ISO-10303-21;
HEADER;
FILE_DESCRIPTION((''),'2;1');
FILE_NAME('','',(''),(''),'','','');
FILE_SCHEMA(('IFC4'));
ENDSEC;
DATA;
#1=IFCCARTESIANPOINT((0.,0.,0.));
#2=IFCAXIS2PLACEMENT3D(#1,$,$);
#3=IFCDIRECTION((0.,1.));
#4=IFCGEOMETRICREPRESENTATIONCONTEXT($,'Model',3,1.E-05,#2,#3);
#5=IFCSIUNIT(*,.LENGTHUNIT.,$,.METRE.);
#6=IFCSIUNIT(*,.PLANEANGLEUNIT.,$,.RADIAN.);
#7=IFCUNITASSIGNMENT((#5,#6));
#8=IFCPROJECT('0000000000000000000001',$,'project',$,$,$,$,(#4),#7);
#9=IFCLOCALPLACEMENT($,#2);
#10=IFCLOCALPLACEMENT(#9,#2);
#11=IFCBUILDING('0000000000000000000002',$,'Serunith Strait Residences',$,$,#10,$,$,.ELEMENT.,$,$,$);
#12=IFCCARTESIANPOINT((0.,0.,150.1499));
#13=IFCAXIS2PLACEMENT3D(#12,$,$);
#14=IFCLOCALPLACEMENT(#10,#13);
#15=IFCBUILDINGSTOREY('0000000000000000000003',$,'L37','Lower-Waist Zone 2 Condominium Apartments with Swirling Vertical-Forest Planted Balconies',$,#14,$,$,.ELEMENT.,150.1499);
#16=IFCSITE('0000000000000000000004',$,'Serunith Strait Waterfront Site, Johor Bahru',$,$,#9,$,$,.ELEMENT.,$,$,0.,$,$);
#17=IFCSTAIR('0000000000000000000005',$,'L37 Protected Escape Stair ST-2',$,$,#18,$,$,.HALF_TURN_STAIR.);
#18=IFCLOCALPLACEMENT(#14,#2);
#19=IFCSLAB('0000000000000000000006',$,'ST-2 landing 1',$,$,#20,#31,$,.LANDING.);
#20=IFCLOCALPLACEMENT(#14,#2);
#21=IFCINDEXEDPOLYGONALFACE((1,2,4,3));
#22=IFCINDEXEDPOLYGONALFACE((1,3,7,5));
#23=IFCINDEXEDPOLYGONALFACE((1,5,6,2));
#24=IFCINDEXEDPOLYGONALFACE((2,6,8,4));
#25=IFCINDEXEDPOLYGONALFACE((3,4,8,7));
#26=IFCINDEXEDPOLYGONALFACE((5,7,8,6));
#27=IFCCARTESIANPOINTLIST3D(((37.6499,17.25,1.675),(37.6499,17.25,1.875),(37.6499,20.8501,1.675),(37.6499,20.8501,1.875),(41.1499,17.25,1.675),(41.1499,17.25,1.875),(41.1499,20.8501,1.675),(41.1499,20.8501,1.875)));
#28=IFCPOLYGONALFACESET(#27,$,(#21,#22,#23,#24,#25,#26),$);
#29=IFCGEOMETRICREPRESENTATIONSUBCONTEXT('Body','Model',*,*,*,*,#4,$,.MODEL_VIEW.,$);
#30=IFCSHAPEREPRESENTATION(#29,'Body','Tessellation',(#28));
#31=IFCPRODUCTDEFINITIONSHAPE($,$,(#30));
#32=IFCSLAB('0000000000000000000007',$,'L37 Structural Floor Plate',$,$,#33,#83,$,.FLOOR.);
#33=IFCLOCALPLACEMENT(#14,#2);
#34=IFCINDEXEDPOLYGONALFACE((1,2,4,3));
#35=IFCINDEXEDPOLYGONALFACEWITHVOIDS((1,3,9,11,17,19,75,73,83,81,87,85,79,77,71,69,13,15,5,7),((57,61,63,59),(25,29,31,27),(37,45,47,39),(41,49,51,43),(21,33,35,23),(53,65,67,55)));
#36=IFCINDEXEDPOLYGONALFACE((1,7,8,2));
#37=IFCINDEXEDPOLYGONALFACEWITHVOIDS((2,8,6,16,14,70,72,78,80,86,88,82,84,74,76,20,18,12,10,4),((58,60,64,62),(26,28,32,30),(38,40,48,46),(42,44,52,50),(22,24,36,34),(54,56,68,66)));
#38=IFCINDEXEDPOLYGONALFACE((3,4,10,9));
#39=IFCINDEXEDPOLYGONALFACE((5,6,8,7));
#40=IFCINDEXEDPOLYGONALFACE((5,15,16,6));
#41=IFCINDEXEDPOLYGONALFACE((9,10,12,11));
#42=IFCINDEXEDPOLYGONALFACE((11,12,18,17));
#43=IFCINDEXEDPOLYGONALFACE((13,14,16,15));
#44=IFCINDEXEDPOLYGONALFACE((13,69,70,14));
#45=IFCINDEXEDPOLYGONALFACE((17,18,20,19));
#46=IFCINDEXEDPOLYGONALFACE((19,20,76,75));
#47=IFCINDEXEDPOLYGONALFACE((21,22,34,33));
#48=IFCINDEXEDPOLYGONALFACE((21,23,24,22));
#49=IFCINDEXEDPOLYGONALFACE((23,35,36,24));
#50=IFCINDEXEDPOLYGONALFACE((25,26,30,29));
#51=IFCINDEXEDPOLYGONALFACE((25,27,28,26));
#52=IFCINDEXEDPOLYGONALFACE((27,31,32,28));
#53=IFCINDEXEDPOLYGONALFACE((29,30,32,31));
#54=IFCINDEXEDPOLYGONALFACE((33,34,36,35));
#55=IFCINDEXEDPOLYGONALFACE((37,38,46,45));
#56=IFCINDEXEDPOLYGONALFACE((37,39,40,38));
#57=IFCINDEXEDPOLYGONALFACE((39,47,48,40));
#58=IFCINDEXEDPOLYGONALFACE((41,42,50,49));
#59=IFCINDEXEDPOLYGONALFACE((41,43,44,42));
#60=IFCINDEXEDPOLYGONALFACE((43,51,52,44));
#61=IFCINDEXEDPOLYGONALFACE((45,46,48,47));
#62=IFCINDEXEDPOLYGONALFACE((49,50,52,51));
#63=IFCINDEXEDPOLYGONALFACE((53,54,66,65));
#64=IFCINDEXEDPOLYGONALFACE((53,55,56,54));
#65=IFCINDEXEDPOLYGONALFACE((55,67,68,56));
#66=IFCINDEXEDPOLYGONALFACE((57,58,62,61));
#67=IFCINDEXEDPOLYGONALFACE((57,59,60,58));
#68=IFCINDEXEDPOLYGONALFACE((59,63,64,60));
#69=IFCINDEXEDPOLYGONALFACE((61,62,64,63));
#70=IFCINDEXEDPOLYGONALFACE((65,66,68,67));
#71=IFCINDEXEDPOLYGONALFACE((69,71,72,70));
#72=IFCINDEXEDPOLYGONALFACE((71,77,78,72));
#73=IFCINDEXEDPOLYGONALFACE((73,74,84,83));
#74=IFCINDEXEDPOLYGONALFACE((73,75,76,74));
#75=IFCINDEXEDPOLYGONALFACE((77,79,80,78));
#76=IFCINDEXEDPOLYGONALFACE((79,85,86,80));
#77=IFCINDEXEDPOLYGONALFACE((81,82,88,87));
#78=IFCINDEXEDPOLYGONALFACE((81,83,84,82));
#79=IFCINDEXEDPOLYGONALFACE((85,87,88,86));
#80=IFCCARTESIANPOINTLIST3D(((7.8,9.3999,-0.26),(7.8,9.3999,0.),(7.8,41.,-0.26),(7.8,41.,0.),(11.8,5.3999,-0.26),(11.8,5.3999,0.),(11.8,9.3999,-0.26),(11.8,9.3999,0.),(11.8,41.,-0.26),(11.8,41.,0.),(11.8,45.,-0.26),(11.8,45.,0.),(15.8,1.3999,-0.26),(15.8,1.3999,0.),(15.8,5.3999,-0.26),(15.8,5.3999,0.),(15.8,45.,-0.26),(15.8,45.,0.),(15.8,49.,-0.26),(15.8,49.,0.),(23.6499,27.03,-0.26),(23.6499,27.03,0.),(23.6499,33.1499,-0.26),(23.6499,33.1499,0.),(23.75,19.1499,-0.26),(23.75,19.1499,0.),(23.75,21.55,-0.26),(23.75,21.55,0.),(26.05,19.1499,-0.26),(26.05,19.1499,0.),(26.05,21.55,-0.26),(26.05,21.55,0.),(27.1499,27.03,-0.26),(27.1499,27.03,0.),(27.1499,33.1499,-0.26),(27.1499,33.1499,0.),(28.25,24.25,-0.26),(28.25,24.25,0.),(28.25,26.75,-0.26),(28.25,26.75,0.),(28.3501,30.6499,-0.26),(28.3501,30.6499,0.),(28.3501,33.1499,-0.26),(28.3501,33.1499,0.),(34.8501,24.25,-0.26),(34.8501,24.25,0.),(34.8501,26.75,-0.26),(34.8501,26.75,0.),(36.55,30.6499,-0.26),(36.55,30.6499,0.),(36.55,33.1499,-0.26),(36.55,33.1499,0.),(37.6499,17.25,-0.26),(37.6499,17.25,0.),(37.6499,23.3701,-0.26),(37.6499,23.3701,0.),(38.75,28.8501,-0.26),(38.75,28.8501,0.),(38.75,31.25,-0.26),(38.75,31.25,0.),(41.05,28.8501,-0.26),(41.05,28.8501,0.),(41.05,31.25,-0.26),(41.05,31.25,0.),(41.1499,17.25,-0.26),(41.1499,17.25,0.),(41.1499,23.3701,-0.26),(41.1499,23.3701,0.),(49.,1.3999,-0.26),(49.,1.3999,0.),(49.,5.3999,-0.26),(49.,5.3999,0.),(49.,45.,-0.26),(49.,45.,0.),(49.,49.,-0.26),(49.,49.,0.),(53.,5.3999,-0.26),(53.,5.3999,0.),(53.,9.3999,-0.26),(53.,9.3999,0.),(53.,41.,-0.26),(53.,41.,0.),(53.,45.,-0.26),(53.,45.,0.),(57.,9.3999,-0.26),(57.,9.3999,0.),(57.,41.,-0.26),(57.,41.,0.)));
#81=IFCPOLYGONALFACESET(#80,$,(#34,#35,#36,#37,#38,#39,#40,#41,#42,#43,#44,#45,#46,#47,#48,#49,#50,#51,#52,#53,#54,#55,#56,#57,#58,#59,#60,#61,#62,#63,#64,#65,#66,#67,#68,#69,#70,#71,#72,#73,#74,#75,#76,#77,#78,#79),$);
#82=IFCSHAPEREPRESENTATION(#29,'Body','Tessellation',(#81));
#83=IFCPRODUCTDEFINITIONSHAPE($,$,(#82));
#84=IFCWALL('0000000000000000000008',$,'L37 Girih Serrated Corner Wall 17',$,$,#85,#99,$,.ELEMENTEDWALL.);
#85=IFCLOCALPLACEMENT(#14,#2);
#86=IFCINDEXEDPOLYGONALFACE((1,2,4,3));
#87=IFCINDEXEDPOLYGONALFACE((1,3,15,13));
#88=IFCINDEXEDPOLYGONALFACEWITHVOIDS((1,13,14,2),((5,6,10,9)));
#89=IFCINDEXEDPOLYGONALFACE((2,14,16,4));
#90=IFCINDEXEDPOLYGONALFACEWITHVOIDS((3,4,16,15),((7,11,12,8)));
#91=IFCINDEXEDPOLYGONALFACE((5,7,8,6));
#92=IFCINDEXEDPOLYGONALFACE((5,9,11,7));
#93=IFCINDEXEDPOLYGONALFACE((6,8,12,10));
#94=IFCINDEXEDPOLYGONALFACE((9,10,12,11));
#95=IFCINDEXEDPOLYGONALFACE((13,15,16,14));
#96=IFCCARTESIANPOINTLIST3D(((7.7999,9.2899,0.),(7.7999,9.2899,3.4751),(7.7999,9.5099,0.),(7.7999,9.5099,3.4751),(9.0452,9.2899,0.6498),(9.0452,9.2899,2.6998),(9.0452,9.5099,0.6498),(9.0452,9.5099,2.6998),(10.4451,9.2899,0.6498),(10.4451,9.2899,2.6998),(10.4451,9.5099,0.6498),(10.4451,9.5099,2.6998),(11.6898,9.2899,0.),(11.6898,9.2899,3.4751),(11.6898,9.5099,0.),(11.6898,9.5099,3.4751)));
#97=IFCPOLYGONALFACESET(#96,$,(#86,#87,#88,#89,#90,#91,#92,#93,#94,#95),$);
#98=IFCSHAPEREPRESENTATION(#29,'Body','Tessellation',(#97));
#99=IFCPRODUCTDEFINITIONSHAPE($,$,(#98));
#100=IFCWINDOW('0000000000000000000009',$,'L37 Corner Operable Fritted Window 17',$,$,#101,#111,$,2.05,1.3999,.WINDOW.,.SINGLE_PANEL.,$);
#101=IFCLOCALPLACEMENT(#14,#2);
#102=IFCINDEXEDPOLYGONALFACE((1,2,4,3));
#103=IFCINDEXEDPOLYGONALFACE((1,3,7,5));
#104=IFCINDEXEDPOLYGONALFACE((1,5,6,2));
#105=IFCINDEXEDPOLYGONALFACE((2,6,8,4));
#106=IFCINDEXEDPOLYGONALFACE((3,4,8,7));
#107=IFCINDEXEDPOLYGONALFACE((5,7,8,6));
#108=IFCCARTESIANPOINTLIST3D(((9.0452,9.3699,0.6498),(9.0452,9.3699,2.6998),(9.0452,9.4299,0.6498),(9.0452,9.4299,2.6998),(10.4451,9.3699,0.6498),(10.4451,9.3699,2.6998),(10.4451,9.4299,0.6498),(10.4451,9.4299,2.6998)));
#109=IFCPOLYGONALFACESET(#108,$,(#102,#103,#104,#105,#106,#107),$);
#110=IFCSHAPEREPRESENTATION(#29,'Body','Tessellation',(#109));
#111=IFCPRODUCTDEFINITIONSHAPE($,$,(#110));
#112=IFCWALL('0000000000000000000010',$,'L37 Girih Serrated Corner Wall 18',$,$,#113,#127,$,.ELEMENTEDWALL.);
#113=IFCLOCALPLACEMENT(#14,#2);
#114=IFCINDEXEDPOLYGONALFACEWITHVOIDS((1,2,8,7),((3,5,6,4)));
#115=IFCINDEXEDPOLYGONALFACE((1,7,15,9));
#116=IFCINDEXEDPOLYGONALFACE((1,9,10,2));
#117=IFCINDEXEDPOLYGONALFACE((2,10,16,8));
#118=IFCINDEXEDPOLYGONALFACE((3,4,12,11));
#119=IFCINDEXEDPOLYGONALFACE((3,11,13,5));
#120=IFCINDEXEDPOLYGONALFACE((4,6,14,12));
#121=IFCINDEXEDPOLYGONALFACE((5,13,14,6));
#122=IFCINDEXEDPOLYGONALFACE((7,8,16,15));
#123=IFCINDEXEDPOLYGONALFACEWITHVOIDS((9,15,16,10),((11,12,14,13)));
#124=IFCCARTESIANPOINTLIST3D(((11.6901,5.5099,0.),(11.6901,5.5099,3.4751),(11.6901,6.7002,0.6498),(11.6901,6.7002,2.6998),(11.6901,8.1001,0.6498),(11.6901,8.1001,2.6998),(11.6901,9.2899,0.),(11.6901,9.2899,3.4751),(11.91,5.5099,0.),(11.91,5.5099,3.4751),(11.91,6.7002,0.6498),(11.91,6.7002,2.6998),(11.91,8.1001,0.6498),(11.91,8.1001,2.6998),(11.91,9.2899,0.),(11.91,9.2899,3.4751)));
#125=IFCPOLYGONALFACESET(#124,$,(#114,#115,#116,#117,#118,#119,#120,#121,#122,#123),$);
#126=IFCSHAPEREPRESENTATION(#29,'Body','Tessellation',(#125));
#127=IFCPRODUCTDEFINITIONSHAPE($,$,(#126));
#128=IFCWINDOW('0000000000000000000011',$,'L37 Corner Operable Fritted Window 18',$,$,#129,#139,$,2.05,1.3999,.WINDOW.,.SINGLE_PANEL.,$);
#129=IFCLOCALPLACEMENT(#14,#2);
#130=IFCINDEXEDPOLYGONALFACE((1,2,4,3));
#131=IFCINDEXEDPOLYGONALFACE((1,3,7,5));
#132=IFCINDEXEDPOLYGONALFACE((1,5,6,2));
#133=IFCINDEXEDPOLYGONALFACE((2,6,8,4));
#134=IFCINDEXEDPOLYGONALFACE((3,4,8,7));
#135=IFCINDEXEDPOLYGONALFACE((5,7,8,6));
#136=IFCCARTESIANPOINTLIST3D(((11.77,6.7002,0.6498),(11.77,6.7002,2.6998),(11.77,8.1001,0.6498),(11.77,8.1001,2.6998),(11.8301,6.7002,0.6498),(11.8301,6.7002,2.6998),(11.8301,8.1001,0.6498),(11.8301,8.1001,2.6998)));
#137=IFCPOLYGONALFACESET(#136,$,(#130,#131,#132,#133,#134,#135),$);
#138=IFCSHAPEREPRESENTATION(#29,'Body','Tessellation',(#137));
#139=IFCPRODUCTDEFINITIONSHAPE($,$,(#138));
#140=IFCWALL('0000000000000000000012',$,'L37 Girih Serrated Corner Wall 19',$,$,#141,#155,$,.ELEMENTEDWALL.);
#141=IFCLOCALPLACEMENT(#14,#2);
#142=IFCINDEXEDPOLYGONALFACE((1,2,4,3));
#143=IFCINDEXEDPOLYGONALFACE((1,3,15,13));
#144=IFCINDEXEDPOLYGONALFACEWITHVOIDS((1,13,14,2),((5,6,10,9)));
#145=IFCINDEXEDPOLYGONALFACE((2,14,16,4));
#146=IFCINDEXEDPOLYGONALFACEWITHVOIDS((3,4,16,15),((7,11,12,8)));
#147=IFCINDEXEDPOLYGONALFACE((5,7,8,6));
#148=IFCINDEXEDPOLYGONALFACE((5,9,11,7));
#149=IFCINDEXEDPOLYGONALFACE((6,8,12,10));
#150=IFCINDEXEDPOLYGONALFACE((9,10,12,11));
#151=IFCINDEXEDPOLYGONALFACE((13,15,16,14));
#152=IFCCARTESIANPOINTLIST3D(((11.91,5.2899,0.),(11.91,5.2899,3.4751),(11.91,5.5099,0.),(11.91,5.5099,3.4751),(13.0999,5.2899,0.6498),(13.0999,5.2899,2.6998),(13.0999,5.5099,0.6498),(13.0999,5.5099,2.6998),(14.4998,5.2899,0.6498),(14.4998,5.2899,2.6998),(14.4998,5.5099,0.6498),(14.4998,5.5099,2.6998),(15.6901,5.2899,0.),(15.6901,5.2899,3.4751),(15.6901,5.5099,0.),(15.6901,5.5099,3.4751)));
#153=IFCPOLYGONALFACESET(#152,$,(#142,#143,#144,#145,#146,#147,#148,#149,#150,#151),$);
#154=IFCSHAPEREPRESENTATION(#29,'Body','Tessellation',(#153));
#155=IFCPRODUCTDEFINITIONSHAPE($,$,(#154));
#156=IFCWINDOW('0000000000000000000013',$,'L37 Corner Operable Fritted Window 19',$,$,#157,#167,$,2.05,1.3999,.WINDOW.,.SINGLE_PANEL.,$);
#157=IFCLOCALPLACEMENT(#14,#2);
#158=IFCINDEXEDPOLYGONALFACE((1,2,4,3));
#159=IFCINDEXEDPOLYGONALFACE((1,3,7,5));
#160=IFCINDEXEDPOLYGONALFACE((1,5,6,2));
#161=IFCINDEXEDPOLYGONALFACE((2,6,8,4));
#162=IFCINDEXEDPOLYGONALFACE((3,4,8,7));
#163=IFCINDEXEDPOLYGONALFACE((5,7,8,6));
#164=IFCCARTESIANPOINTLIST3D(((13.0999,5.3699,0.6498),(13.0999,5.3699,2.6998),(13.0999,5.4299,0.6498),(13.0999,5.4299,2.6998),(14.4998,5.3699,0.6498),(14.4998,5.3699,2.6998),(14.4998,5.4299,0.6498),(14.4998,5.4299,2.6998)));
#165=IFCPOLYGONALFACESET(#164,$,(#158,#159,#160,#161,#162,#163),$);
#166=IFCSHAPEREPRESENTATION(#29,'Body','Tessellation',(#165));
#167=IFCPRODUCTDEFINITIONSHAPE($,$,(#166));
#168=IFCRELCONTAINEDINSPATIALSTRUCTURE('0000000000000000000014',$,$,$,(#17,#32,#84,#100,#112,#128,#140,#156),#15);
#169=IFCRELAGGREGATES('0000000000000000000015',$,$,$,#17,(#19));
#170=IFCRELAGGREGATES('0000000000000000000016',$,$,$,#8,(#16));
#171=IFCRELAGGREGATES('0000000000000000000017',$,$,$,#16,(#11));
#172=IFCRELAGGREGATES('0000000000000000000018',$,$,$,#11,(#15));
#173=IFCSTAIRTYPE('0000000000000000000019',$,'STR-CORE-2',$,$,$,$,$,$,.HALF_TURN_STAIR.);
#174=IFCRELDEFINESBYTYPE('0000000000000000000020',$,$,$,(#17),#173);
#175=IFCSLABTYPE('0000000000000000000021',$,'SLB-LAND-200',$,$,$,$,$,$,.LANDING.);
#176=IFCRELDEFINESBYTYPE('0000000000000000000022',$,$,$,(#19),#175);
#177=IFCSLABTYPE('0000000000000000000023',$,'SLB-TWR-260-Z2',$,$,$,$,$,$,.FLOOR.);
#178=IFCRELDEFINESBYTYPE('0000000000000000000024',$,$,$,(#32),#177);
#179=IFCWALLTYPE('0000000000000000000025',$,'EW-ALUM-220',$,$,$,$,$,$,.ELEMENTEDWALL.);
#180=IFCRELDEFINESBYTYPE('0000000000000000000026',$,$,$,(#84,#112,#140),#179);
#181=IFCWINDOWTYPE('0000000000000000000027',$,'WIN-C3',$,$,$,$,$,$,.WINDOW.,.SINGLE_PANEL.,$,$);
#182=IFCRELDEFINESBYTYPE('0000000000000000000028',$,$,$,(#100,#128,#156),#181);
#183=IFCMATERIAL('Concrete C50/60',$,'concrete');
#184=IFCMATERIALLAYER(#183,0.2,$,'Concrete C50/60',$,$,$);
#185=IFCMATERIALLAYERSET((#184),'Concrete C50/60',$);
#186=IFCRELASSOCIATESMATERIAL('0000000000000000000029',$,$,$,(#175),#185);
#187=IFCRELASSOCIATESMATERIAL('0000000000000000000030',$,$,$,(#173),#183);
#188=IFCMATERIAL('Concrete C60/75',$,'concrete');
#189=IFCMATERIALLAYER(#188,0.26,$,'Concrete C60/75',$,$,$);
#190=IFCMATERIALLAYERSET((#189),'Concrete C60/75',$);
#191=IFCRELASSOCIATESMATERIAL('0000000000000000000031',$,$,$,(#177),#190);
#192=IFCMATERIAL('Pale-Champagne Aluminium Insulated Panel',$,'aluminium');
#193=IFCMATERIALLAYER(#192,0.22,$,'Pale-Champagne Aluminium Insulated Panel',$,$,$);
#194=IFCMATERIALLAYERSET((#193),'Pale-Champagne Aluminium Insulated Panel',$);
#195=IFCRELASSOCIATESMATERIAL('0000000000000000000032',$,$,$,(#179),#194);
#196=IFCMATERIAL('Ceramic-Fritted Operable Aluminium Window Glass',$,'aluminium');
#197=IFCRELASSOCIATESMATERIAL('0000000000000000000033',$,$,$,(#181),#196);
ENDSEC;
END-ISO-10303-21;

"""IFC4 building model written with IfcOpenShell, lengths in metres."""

from ifc_helpers import new_model, si_unit, direction, frame, frame_2d, origin, place, context, subcontext, project, spatial, polyline, rectangle, outline, extrude, source, transform, mapped, material, layer, layer_set, type_object, element, fill, aggregate, save


model = new_model("IFC4")

# Units and contexts
model_context = context("Model", 3, precision=1e-05, world=origin(), true_north=direction((0.0, 1.0)))
body_context = subcontext(model_context, "Body", "Model", "MODEL_VIEW")
ifc_project = project(units=[si_unit("LENGTHUNIT", "METRE"), si_unit("PLANEANGLEUNIT", "RADIAN")], contexts=[model_context])

# Site, building, storey
site_placement = place(None, origin())
site = spatial("IfcSite", under=ifc_project, at=site_placement, Name="Serunith Strait Waterfront Site, Johor Bahru", CompositionType="ELEMENT", RefElevation=0.0)
building_placement = place(site_placement, origin())
building = spatial("IfcBuilding", under=site, at=building_placement, Name="Serunith Strait Residences", CompositionType="ELEMENT")
storey_placement = place(building_placement, frame((0.0, 0.0, 150.1499)))
storey = spatial("IfcBuildingStorey", under=building, at=storey_placement, Name="L37", Description="Lower-Waist Zone 2 Condominium Apartments with Swirling Vertical-Forest Planted Balconies", CompositionType="ELEMENT", Elevation=150.1499)

# Shared definitions
ifc_material_1 = material(Name="Concrete C50/60", Category="concrete")

# Stair, slab
ifc_layer_1 = layer(ifc_material_1, 0.2, Name="Concrete C50/60")
ifc_layer_set_1 = layer_set([ifc_layer_1], Name="Concrete C50/60")
slab_type_1 = type_object("IfcSlabType", Name="SLB-LAND-200", PredefinedType="LANDING", material=ifc_layer_set_1)
stair_type_1 = type_object("IfcStairType", Name="STR-CORE-2", PredefinedType="HALF_TURN_STAIR", material=ifc_material_1)
stair_1_placement = place(storey_placement, origin())
stair_1 = element("IfcStair", 1, at=stair_1_placement, inside=storey, type_object=stair_type_1, Name="L37 Protected Escape Stair ST-2", PredefinedType="HALF_TURN_STAIR")
slab_1_placement = place(storey_placement, frame((0.0, 0.0, 1.675)))
slab_1 = element("IfcSlab", 2, at=slab_1_placement, type_object=slab_type_1, Name="ST-2 landing 1", PredefinedType="LANDING", context=body_context, shape_type="SweptSolid", body=[
    extrude(outline(polyline([(37.6499, 20.8501), (37.6499, 17.25), (41.1499, 17.25), (41.1499, 20.8501), (37.6499, 20.8501)])), origin(), (0.0, 0.0, 1.0), 0.2),
])
aggregate(stair_1, [slab_1])

# Slab
ifc_material_2 = material(Name="Concrete C60/75", Category="concrete")
ifc_layer_2 = layer(ifc_material_2, 0.26, Name="Concrete C60/75")
ifc_layer_set_2 = layer_set([ifc_layer_2], Name="Concrete C60/75")
slab_type_2 = type_object("IfcSlabType", Name="SLB-TWR-260-Z2", PredefinedType="FLOOR", material=ifc_layer_set_2)
slab_2_placement = place(storey_placement, frame((0.0, 0.0, -0.26)))
element("IfcSlab", 3, at=slab_2_placement, inside=storey, type_object=slab_type_2, Name="L37 Structural Floor Plate", PredefinedType="FLOOR", context=body_context, shape_type="SweptSolid", body=[
    extrude(outline(polyline([(15.8, 5.3999), (11.8, 5.3999), (11.8, 9.3999), (7.8, 9.3999), (7.8, 41.0), (11.8, 41.0), (11.8, 45.0), (15.8, 45.0), (15.8, 49.0), (49.0, 49.0), (49.0, 45.0), (53.0, 45.0), (53.0, 41.0), (57.0, 41.0), (57.0, 9.3999), (53.0, 9.3999), (53.0, 5.3999), (49.0, 5.3999), (49.0, 1.3999), (15.8, 1.3999), (15.8, 5.3999)]), holes=[polyline([(41.1499, 23.3701), (37.6499, 23.3701), (37.6499, 17.25), (41.1499, 17.25), (41.1499, 23.3701)]), polyline([(38.75, 31.25), (38.75, 28.8501), (41.05, 28.8501), (41.05, 31.25), (38.75, 31.25)]), polyline([(36.55, 33.1499), (28.3501, 33.1499), (28.3501, 30.6499), (36.55, 30.6499), (36.55, 33.1499)]), polyline([(34.8501, 26.75), (28.25, 26.75), (28.25, 24.25), (34.8501, 24.25), (34.8501, 26.75)]), polyline([(23.6499, 33.1499), (23.6499, 27.03), (27.1499, 27.03), (27.1499, 33.1499), (23.6499, 33.1499)]), polyline([(26.05, 21.55), (23.75, 21.55), (23.75, 19.1499), (26.05, 19.1499), (26.05, 21.55)])]), origin(), (0.0, 0.0, 1.0), 0.26),
])

# Walls, openings, windows
ifc_material_3 = material(Name="Pale-Champagne Aluminium Insulated Panel", Category="aluminium")
ifc_layer_3 = layer(ifc_material_3, 0.22, Name="Pale-Champagne Aluminium Insulated Panel")
ifc_layer_set_3 = layer_set([ifc_layer_3], Name="Pale-Champagne Aluminium Insulated Panel")
wall_type_1 = type_object("IfcWallType", Name="EW-ALUM-220", PredefinedType="ELEMENTEDWALL", material=ifc_layer_set_3)
wall_1_placement = place(storey_placement, frame((7.8, 9.3999, 0.0), z_axis=(0.0, 0.0, 1.0), x_axis=(1.0, 0.0, 0.0)))
wall_1 = element("IfcWall", 4, at=wall_1_placement, inside=storey, type_object=wall_type_1, Name="L37 Girih Serrated Corner Wall 17", PredefinedType="ELEMENTEDWALL", context=body_context, shape_type="SweptSolid", body=[
    extrude(rectangle(XDim=3.8899, YDim=0.22, at=frame_2d((1.9448, 0.0))), origin(), (0.0, 0.0, 1.0), 3.4751),
])
opening_1_placement = place(wall_1_placement, frame((1.2451, 0.0, 0.6499)))
opening_1 = element("IfcOpeningElement", 5, at=opening_1_placement, cuts=wall_1, PredefinedType="OPENING", context=body_context, shape_type="SweptSolid", body=[
    extrude(rectangle(XDim=1.3999, YDim=2.05, at=frame_2d((0.7, 1.0249))), frame((0.0, 0.1201, 0.0), z_axis=(0.0, -1.0, 0.0), x_axis=(1.0, 0.0, 0.0)), (0.0, 0.0, 1.0), 0.24),
])
ifc_material_4 = material(Name="Ceramic-Fritted Operable Aluminium Window Glass", Category="aluminium")
window_type = type_object("IfcWindowType", Name="WIN-C3", PartitioningType="SINGLE_PANEL", PredefinedType="WINDOW", material=ifc_material_4)
shared_shape_1 = source(origin(), body_context, "Body", "SweptSolid", [
    extrude(rectangle(XDim=1.3999, YDim=2.05, at=frame_2d((0.7, 1.0249))), frame((0.0, 0.03, 0.0), z_axis=(0.0, -1.0, 0.0), x_axis=(1.0, 0.0, 0.0)), (0.0, 0.0, 1.0), 0.0601),
])
window_1_placement = place(opening_1_placement, origin())
window_1 = element("IfcWindow", 6, at=window_1_placement, inside=storey, type_object=window_type, Name="L37 Corner Operable Fritted Window 17", OverallHeight=2.05, OverallWidth=1.3999, PartitioningType="SINGLE_PANEL", PredefinedType="WINDOW", context=body_context, shape_type="MappedRepresentation", body=[
    mapped(shared_shape_1, transform((0.0, 0.0, 0.0), scale=1.0)),
])
fill(opening_1, window_1)
wall_2_placement = place(storey_placement, frame((11.8, 9.29, 0.0), z_axis=(0.0, 0.0, 1.0), x_axis=(0.0, -1.0, 0.0)))
wall_2 = element("IfcWall", 7, at=wall_2_placement, inside=storey, type_object=wall_type_1, Name="L37 Girih Serrated Corner Wall 18", PredefinedType="ELEMENTEDWALL", context=body_context, shape_type="SweptSolid", body=[
    extrude(rectangle(XDim=3.78, YDim=0.22, at=frame_2d((1.8901, 0.0))), origin(), (0.0, 0.0, 1.0), 3.4751),
])
opening_2_placement = place(wall_2_placement, frame((1.1899, 0.0, 0.6499)))
opening_2 = element("IfcOpeningElement", 8, at=opening_2_placement, cuts=wall_2, PredefinedType="OPENING", context=body_context, shape_type="SweptSolid", body=[
    extrude(rectangle(XDim=1.3999, YDim=2.05, at=frame_2d((0.7, 1.0249))), frame((0.0, 0.1201, 0.0), z_axis=(0.0, -1.0, 0.0), x_axis=(1.0, 0.0, 0.0)), (0.0, 0.0, 1.0), 0.24),
])
window_2_placement = place(opening_2_placement, origin())
window_2 = element("IfcWindow", 9, at=window_2_placement, inside=storey, type_object=window_type, Name="L37 Corner Operable Fritted Window 18", OverallHeight=2.05, OverallWidth=1.3999, PartitioningType="SINGLE_PANEL", PredefinedType="WINDOW", context=body_context, shape_type="MappedRepresentation", body=[
    mapped(shared_shape_1, transform((0.0, 0.0, 0.0), scale=1.0)),
])
fill(opening_2, window_2)
wall_3_placement = place(storey_placement, frame((11.9099, 5.3999, 0.0), z_axis=(0.0, 0.0, 1.0), x_axis=(1.0, 0.0, 0.0)))
wall_3 = element("IfcWall", 10, at=wall_3_placement, inside=storey, type_object=wall_type_1, Name="L37 Girih Serrated Corner Wall 19", PredefinedType="ELEMENTEDWALL", context=body_context, shape_type="SweptSolid", body=[
    extrude(rectangle(XDim=3.78, YDim=0.22, at=frame_2d((1.8901, 0.0))), origin(), (0.0, 0.0, 1.0), 3.4751),
])
opening_3_placement = place(wall_3_placement, frame((1.1899, 0.0, 0.6499)))
opening_3 = element("IfcOpeningElement", 11, at=opening_3_placement, cuts=wall_3, PredefinedType="OPENING", context=body_context, shape_type="SweptSolid", body=[
    extrude(rectangle(XDim=1.3999, YDim=2.05, at=frame_2d((0.7, 1.0249))), frame((0.0, 0.1201, 0.0), z_axis=(0.0, -1.0, 0.0), x_axis=(1.0, 0.0, 0.0)), (0.0, 0.0, 1.0), 0.24),
])
window_3_placement = place(opening_3_placement, origin())
window_3 = element("IfcWindow", 12, at=window_3_placement, inside=storey, type_object=window_type, Name="L37 Corner Operable Fritted Window 19", OverallHeight=2.05, OverallWidth=1.3999, PartitioningType="SINGLE_PANEL", PredefinedType="WINDOW", context=body_context, shape_type="MappedRepresentation", body=[
    mapped(shared_shape_1, transform((0.0, 0.0, 0.0), scale=1.0)),
])
fill(opening_3, window_3)

save(model, "model.ifc")
